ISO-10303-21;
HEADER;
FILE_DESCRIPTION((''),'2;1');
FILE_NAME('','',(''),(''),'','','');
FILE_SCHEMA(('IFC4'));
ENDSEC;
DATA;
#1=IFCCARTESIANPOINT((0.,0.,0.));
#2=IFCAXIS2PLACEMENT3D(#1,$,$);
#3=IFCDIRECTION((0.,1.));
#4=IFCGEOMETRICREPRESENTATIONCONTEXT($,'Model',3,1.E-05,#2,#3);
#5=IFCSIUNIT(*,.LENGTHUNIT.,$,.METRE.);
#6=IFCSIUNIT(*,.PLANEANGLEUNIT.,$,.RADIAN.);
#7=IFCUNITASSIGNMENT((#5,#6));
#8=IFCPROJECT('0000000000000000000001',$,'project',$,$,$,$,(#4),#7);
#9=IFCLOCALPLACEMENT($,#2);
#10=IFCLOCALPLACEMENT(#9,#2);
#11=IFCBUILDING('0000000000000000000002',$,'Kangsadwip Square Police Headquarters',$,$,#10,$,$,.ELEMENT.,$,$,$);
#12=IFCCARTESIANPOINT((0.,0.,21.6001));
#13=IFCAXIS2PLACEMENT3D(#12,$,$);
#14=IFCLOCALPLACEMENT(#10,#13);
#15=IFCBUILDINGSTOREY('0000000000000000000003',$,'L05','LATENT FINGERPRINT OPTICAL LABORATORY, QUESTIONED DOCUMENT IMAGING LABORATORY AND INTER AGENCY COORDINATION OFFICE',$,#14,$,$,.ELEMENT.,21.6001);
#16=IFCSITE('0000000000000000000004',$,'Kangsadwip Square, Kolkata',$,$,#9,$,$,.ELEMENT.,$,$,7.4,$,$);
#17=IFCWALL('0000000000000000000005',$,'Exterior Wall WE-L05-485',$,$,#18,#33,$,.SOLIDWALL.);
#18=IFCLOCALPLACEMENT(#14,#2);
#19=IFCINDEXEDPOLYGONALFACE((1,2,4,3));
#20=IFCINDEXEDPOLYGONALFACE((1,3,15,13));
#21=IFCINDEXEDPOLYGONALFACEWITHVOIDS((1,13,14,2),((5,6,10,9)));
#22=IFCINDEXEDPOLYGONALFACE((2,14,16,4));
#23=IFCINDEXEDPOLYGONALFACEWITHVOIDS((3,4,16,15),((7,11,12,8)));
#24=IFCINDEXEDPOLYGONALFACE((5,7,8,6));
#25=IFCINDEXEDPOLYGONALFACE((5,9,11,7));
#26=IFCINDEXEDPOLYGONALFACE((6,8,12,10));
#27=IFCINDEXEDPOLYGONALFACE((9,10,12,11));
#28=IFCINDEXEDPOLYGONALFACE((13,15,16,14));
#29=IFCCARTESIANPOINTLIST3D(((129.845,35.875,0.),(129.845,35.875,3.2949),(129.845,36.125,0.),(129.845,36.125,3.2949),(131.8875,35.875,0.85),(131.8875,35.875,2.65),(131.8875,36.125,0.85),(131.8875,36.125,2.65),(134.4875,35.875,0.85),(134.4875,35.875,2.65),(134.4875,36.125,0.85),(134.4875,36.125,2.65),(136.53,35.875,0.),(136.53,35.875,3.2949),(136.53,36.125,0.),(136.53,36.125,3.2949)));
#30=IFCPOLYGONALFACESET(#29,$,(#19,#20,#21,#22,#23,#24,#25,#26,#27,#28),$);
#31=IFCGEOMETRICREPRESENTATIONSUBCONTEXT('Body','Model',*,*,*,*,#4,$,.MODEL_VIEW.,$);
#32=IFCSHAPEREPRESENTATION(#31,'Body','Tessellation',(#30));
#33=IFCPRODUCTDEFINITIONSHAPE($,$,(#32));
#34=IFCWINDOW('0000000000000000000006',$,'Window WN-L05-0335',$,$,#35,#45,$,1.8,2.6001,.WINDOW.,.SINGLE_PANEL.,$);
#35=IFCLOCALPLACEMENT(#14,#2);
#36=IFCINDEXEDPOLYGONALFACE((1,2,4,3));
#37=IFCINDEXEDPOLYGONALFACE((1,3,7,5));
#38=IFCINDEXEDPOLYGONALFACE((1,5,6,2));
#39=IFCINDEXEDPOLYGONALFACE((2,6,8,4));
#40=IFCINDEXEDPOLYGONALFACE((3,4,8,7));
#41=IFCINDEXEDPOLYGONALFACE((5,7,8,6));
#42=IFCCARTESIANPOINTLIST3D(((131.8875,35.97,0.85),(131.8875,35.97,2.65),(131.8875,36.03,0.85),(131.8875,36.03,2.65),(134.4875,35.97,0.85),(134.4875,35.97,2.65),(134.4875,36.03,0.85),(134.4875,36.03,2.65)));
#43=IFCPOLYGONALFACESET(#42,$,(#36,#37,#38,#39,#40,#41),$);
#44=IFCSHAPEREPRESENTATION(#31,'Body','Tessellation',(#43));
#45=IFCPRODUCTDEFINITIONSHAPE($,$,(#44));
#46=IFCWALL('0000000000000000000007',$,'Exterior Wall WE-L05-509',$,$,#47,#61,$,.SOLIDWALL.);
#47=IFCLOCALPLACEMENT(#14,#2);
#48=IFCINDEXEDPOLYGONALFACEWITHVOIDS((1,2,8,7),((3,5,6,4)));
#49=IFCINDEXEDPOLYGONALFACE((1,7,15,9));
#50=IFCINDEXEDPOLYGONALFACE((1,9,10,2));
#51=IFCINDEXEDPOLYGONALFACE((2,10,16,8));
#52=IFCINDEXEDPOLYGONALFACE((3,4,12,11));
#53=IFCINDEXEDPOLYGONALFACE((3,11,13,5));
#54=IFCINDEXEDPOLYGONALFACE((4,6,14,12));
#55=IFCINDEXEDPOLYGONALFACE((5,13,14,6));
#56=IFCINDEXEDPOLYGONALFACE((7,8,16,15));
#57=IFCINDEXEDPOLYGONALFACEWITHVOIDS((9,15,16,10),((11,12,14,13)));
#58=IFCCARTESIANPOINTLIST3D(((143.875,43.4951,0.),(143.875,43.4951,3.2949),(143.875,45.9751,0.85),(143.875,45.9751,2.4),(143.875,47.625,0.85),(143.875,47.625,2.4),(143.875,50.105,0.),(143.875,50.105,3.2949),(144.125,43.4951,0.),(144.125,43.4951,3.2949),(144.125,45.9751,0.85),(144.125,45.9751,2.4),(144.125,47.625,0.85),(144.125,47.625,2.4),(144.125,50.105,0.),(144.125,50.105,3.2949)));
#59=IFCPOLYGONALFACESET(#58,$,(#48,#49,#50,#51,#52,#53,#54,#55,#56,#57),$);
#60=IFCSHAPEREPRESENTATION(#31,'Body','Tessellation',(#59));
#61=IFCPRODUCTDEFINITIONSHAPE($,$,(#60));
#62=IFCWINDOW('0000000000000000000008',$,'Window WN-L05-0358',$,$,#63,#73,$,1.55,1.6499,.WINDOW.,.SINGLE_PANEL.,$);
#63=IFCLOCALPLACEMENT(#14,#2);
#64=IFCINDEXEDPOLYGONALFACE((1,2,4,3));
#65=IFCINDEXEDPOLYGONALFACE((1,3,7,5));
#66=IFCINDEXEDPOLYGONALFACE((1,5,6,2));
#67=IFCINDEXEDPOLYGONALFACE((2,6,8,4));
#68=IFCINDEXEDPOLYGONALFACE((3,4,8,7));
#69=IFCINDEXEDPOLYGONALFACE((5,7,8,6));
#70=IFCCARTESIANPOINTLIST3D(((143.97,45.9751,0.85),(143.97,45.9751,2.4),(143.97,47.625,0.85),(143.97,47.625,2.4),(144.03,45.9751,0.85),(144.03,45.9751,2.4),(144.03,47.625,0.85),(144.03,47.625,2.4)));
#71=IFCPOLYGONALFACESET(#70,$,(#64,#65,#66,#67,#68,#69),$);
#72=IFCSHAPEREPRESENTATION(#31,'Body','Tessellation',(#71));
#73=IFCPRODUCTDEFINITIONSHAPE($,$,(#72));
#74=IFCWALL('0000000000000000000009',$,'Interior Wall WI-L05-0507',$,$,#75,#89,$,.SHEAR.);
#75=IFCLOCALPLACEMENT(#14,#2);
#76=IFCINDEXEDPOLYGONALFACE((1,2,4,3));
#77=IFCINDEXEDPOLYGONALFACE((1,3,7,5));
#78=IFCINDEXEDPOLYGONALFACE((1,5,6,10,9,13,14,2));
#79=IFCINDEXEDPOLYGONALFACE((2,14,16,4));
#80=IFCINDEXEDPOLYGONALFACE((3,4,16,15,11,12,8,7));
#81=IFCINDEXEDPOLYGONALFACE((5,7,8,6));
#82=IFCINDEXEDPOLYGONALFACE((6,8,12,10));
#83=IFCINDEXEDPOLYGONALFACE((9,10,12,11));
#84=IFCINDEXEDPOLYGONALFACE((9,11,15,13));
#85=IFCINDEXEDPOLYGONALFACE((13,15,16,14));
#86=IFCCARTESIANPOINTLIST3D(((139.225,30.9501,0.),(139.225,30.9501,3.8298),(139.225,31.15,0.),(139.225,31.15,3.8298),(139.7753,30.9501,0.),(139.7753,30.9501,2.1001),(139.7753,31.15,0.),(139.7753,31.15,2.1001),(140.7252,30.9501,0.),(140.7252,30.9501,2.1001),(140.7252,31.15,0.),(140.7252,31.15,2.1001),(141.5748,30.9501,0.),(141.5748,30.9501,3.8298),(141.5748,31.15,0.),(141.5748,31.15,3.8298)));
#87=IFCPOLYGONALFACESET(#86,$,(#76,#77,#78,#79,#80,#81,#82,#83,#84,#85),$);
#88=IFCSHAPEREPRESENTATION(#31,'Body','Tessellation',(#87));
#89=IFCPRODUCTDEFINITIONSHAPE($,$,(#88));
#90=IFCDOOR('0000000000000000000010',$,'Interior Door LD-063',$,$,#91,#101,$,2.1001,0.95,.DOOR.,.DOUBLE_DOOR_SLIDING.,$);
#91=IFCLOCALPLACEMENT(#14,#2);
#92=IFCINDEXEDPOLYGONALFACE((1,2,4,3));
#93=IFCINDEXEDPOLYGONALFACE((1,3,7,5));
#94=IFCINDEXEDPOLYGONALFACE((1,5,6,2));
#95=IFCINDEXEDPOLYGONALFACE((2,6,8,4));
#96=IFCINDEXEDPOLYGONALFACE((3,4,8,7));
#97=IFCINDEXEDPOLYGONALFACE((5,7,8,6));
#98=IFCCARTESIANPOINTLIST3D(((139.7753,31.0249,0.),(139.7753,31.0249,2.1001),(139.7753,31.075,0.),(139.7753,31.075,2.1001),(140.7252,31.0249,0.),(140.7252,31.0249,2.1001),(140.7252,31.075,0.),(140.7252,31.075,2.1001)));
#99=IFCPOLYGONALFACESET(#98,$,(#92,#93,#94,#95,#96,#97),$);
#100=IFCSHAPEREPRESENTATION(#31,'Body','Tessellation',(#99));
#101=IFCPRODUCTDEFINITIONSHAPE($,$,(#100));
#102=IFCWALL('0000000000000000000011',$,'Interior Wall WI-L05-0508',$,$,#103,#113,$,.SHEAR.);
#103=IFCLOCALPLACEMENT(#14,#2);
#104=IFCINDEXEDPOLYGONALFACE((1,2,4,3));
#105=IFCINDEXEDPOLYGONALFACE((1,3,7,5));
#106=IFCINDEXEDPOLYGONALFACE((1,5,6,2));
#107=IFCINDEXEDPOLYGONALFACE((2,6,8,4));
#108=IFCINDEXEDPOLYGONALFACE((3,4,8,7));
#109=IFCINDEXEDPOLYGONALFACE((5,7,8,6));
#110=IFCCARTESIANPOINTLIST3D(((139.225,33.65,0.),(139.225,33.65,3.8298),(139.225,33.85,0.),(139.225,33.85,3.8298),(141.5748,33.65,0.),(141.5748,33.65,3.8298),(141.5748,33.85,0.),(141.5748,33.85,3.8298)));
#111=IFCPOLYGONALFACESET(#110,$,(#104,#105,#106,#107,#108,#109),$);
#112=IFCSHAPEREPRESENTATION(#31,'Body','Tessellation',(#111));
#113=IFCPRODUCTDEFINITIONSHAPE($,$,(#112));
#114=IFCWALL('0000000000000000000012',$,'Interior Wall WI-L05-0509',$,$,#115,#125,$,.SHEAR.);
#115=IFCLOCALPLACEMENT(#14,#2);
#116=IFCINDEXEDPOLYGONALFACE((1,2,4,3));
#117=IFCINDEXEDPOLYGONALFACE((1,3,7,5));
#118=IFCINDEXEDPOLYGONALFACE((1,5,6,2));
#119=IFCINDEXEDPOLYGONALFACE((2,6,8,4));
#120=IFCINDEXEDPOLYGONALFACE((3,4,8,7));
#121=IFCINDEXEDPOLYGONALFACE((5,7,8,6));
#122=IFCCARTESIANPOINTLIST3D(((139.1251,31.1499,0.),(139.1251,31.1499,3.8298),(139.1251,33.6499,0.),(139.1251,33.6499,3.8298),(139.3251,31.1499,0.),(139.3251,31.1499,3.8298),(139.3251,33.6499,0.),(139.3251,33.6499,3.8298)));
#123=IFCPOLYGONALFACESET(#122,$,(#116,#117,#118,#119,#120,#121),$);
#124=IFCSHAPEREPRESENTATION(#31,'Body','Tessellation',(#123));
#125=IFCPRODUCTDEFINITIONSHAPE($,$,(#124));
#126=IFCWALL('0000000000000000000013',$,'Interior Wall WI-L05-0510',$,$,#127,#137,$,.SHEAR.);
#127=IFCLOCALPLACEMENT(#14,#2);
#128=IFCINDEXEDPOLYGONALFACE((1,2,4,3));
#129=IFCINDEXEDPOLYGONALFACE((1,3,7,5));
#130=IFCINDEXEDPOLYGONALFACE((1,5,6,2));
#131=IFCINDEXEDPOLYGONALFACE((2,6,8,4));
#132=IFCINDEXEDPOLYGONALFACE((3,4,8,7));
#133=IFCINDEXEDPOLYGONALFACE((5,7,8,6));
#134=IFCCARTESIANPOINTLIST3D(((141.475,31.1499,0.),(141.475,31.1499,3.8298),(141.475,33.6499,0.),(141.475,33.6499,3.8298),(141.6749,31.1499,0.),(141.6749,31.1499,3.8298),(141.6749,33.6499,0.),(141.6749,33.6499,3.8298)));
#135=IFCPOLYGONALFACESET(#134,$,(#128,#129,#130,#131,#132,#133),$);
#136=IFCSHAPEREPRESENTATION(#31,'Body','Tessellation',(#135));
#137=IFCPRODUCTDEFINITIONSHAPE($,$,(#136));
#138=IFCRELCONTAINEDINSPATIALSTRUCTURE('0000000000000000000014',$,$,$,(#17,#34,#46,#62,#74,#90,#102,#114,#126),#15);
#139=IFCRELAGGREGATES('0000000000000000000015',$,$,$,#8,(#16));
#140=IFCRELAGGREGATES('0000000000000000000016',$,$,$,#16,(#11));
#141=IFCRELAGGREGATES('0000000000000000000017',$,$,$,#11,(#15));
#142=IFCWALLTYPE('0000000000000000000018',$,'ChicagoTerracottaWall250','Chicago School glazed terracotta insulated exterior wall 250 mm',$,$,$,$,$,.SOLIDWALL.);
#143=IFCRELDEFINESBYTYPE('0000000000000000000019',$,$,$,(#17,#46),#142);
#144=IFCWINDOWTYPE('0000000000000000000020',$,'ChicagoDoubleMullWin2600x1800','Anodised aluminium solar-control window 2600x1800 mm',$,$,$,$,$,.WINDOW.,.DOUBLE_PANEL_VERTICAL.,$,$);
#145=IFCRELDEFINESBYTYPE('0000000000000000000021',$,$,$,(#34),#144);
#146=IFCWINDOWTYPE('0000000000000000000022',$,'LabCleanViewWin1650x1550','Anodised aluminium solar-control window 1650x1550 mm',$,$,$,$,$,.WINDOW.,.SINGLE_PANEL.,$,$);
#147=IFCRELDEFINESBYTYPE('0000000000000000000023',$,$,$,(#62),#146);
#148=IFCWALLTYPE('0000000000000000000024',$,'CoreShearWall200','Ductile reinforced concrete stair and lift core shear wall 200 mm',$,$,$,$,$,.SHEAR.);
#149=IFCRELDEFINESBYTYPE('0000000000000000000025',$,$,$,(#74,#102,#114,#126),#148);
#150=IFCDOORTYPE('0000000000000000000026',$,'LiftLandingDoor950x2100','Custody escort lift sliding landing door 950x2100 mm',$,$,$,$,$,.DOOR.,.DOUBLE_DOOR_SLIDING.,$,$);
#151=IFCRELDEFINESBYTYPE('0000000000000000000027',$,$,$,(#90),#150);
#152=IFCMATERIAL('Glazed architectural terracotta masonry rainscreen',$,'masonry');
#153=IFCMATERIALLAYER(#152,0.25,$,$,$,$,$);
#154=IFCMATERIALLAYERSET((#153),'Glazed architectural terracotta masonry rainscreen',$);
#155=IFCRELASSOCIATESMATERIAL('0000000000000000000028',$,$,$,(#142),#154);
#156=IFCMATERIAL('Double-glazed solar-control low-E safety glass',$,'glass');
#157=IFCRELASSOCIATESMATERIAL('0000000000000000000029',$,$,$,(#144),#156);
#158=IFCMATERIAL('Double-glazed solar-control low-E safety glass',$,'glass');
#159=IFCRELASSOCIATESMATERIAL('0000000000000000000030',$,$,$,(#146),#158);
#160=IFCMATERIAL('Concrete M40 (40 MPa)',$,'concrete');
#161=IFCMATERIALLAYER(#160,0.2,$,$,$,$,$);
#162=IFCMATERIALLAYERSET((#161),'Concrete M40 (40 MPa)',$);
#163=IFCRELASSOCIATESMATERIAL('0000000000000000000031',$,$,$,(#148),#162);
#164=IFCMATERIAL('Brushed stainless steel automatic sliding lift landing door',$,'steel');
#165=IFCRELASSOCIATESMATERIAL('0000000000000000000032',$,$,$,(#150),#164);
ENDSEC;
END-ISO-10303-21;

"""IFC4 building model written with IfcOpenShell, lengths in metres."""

from ifc_helpers import new_model, si_unit, direction, frame, frame_2d, origin, place, context, subcontext, project, spatial, rectangle, extrude, material, layer, layer_set, type_object, element, fill, save


model = new_model("IFC4")

# Units and contexts
model_context = context("Model", 3, precision=1e-05, world=origin(), true_north=direction((0.0, 1.0)))
body_context = subcontext(model_context, "Body", "Model", "MODEL_VIEW")
ifc_project = project(units=[si_unit("LENGTHUNIT", "METRE"), si_unit("PLANEANGLEUNIT", "RADIAN")], contexts=[model_context])

# Site, building, storey
site_placement = place(None, origin())
site = spatial("IfcSite", under=ifc_project, at=site_placement, Name="Kangsadwip Square, Kolkata", CompositionType="ELEMENT", RefElevation=7.4)
building_placement = place(site_placement, origin())
building = spatial("IfcBuilding", under=site, at=building_placement, Name="Kangsadwip Square Police Headquarters", CompositionType="ELEMENT")
storey_placement = place(building_placement, frame((0.0, 0.0, 21.6001)))
storey = spatial("IfcBuildingStorey", under=building, at=storey_placement, Name="L05", Description="LATENT FINGERPRINT OPTICAL LABORATORY, QUESTIONED DOCUMENT IMAGING LABORATORY AND INTER AGENCY COORDINATION OFFICE", CompositionType="ELEMENT", Elevation=21.6001)

# Walls, openings, windows
ifc_material_1 = material(Name="Glazed architectural terracotta masonry rainscreen", Category="masonry")
ifc_layer_1 = layer(ifc_material_1, 0.25)
ifc_layer_set_1 = layer_set([ifc_layer_1], Name="Glazed architectural terracotta masonry rainscreen")
wall_type_1 = type_object("IfcWallType", Name="ChicagoTerracottaWall250", Description="Chicago School glazed terracotta insulated exterior wall 250 mm", PredefinedType="SOLIDWALL", material=ifc_layer_set_1)
wall_1_placement = place(storey_placement, frame((129.845, 36.0, 0.0), z_axis=(0.0, 0.0, 1.0), x_axis=(1.0, 0.0, 0.0)))
wall_1 = element("IfcWall", 1, at=wall_1_placement, inside=storey, type_object=wall_type_1, Name="Exterior Wall WE-L05-485", PredefinedType="SOLIDWALL", context=body_context, shape_type="SweptSolid", body=[
    extrude(rectangle(XDim=6.6851, YDim=0.25, at=frame_2d((3.3425, 0.0))), origin(), (0.0, 0.0, 1.0), 3.2949),
])
opening_1_placement = place(wall_1_placement, frame((2.0425, 0.0, 0.8501)))
opening_1 = element("IfcOpeningElement", 2, at=opening_1_placement, cuts=wall_1, PredefinedType="OPENING", context=body_context, shape_type="SweptSolid", body=[
    extrude(rectangle(XDim=2.6001, YDim=1.8, at=frame_2d((1.3, 0.8999))), frame((0.0, 0.135, 0.0), z_axis=(0.0, -1.0, 0.0), x_axis=(1.0, 0.0, 0.0)), (0.0, 0.0, 1.0), 0.27),
])
ifc_material_2 = material(Name="Double-glazed solar-control low-E safety glass", Category="glass")
window_type_1 = type_object("IfcWindowType", Name="ChicagoDoubleMullWin2600x1800", Description="Anodised aluminium solar-control window 2600x1800 mm", PartitioningType="DOUBLE_PANEL_VERTICAL", PredefinedType="WINDOW", material=ifc_material_2)
window_1_placement = place(opening_1_placement, origin())
window_1 = element("IfcWindow", 3, at=window_1_placement, inside=storey, type_object=window_type_1, Name="Window WN-L05-0335", OverallHeight=1.8, OverallWidth=2.6001, PartitioningType="SINGLE_PANEL", PredefinedType="WINDOW", context=body_context, shape_type="SweptSolid", body=[
    extrude(rectangle(XDim=2.6001, YDim=1.8, at=frame_2d((1.3, 0.8999))), frame((0.0, 0.03, 0.0), z_axis=(0.0, -1.0, 0.0), x_axis=(1.0, 0.0, 0.0)), (0.0, 0.0, 1.0), 0.0601),
])
fill(opening_1, window_1)
wall_2_placement = place(storey_placement, frame((144.0, 43.4951, 0.0), z_axis=(0.0, 0.0, 1.0), x_axis=(0.0, 1.0, 0.0)))
wall_2 = element("IfcWall", 4, at=wall_2_placement, inside=storey, type_object=wall_type_1, Name="Exterior Wall WE-L05-509", PredefinedType="SOLIDWALL", context=body_context, shape_type="SweptSolid", body=[
    extrude(rectangle(XDim=6.6099, YDim=0.25, at=frame_2d((3.3049, 0.0))), origin(), (0.0, 0.0, 1.0), 3.2949),
])
opening_2_placement = place(wall_2_placement, frame((2.48, 0.0, 0.8501)))
opening_2 = element("IfcOpeningElement", 5, at=opening_2_placement, cuts=wall_2, PredefinedType="OPENING", context=body_context, shape_type="SweptSolid", body=[
    extrude(rectangle(XDim=1.6499, YDim=1.55, at=frame_2d((0.825, 0.7749))), frame((0.0, 0.135, 0.0), z_axis=(0.0, -1.0, 0.0), x_axis=(1.0, 0.0, 0.0)), (0.0, 0.0, 1.0), 0.27),
])
ifc_material_3 = material(Name="Double-glazed solar-control low-E safety glass", Category="glass")
window_type_2 = type_object("IfcWindowType", Name="LabCleanViewWin1650x1550", Description="Anodised aluminium solar-control window 1650x1550 mm", PartitioningType="SINGLE_PANEL", PredefinedType="WINDOW", material=ifc_material_3)
window_2_placement = place(opening_2_placement, origin())
window_2 = element("IfcWindow", 6, at=window_2_placement, inside=storey, type_object=window_type_2, Name="Window WN-L05-0358", OverallHeight=1.55, OverallWidth=1.6499, PartitioningType="SINGLE_PANEL", PredefinedType="WINDOW", context=body_context, shape_type="SweptSolid", body=[
    extrude(rectangle(XDim=1.6499, YDim=1.55, at=frame_2d((0.825, 0.7749))), frame((0.0, 0.03, 0.0), z_axis=(0.0, -1.0, 0.0), x_axis=(1.0, 0.0, 0.0)), (0.0, 0.0, 1.0), 0.0601),
])
fill(opening_2, window_2)

# Wall, opening, door
ifc_material_4 = material(Name="Concrete M40 (40 MPa)", Category="concrete")
ifc_layer_2 = layer(ifc_material_4, 0.2)
ifc_layer_set_2 = layer_set([ifc_layer_2], Name="Concrete M40 (40 MPa)")
wall_type_2 = type_object("IfcWallType", Name="CoreShearWall200", Description="Ductile reinforced concrete stair and lift core shear wall 200 mm", PredefinedType="SHEAR", material=ifc_layer_set_2)
wall_3_placement = place(storey_placement, frame((139.2251, 31.05, 0.0), z_axis=(0.0, 0.0, 1.0), x_axis=(1.0, 0.0, 0.0)))
wall_3 = element("IfcWall", 7, at=wall_3_placement, inside=storey, type_object=wall_type_2, Name="Interior Wall WI-L05-0507", PredefinedType="SHEAR", context=body_context, shape_type="SweptSolid", body=[
    extrude(rectangle(XDim=2.3499, YDim=0.2, at=frame_2d((1.1748, 0.0))), origin(), (0.0, 0.0, 1.0), 3.8298),
])
opening_3_placement = place(wall_3_placement, frame((0.55, 0.0, 0.0)))
opening_3 = element("IfcOpeningElement", 8, at=opening_3_placement, cuts=wall_3, PredefinedType="OPENING", context=body_context, shape_type="SweptSolid", body=[
    extrude(rectangle(XDim=0.95, YDim=2.1001, at=frame_2d((0.4751, 1.05))), frame((0.0, 0.1099, 0.0), z_axis=(0.0, -1.0, 0.0), x_axis=(1.0, 0.0, 0.0)), (0.0, 0.0, 1.0), 0.22),
])
ifc_material_5 = material(Name="Brushed stainless steel automatic sliding lift landing door", Category="steel")
door_type = type_object("IfcDoorType", Name="LiftLandingDoor950x2100", Description="Custody escort lift sliding landing door 950x2100 mm", OperationType="DOUBLE_DOOR_SLIDING", PredefinedType="DOOR", material=ifc_material_5)
door_placement = place(opening_3_placement, origin())
door = element("IfcDoor", 9, at=door_placement, inside=storey, type_object=door_type, Name="Interior Door LD-063", OperationType="DOUBLE_DOOR_SLIDING", OverallHeight=2.1001, OverallWidth=0.95, PredefinedType="DOOR", context=body_context, shape_type="SweptSolid", body=[
    extrude(rectangle(XDim=0.95, YDim=2.1001, at=frame_2d((0.4751, 1.05))), frame((0.0, 0.0249, 0.0), z_axis=(0.0, -1.0, 0.0), x_axis=(1.0, 0.0, 0.0)), (0.0, 0.0, 1.0), 0.05),
])
fill(opening_3, door)

# Walls
wall_4_placement = place(storey_placement, frame((139.2251, 33.75, 0.0), z_axis=(0.0, 0.0, 1.0), x_axis=(1.0, 0.0, 0.0)))
element("IfcWall", 10, at=wall_4_placement, inside=storey, type_object=wall_type_2, Name="Interior Wall WI-L05-0508", PredefinedType="SHEAR", context=body_context, shape_type="SweptSolid", body=[
    extrude(rectangle(XDim=2.3499, YDim=0.2, at=frame_2d((1.1748, 0.0))), origin(), (0.0, 0.0, 1.0), 3.8298),
])
for number, where, z_axis, x_axis, name in (
    (11, (139.2251, 31.1499, 0.0), (0.0, 0.0, 1.0), (0.0, 1.0, 0.0), "Interior Wall WI-L05-0509"),
    (12, (141.575, 31.1499, 0.0), (0.0, 0.0, 1.0), (0.0, 1.0, 0.0), "Interior Wall WI-L05-0510"),
):
    element("IfcWall", number, at=place(storey_placement, frame(where, z_axis=z_axis, x_axis=x_axis)), inside=storey, type_object=wall_type_2, Name=name, PredefinedType="SHEAR", context=body_context, shape_type="SweptSolid", body=[
        extrude(rectangle(XDim=2.5, YDim=0.2, at=frame_2d((1.25, 0.0))), origin(), (0.0, 0.0, 1.0), 3.8298),
    ])

save(model, "model.ifc")
